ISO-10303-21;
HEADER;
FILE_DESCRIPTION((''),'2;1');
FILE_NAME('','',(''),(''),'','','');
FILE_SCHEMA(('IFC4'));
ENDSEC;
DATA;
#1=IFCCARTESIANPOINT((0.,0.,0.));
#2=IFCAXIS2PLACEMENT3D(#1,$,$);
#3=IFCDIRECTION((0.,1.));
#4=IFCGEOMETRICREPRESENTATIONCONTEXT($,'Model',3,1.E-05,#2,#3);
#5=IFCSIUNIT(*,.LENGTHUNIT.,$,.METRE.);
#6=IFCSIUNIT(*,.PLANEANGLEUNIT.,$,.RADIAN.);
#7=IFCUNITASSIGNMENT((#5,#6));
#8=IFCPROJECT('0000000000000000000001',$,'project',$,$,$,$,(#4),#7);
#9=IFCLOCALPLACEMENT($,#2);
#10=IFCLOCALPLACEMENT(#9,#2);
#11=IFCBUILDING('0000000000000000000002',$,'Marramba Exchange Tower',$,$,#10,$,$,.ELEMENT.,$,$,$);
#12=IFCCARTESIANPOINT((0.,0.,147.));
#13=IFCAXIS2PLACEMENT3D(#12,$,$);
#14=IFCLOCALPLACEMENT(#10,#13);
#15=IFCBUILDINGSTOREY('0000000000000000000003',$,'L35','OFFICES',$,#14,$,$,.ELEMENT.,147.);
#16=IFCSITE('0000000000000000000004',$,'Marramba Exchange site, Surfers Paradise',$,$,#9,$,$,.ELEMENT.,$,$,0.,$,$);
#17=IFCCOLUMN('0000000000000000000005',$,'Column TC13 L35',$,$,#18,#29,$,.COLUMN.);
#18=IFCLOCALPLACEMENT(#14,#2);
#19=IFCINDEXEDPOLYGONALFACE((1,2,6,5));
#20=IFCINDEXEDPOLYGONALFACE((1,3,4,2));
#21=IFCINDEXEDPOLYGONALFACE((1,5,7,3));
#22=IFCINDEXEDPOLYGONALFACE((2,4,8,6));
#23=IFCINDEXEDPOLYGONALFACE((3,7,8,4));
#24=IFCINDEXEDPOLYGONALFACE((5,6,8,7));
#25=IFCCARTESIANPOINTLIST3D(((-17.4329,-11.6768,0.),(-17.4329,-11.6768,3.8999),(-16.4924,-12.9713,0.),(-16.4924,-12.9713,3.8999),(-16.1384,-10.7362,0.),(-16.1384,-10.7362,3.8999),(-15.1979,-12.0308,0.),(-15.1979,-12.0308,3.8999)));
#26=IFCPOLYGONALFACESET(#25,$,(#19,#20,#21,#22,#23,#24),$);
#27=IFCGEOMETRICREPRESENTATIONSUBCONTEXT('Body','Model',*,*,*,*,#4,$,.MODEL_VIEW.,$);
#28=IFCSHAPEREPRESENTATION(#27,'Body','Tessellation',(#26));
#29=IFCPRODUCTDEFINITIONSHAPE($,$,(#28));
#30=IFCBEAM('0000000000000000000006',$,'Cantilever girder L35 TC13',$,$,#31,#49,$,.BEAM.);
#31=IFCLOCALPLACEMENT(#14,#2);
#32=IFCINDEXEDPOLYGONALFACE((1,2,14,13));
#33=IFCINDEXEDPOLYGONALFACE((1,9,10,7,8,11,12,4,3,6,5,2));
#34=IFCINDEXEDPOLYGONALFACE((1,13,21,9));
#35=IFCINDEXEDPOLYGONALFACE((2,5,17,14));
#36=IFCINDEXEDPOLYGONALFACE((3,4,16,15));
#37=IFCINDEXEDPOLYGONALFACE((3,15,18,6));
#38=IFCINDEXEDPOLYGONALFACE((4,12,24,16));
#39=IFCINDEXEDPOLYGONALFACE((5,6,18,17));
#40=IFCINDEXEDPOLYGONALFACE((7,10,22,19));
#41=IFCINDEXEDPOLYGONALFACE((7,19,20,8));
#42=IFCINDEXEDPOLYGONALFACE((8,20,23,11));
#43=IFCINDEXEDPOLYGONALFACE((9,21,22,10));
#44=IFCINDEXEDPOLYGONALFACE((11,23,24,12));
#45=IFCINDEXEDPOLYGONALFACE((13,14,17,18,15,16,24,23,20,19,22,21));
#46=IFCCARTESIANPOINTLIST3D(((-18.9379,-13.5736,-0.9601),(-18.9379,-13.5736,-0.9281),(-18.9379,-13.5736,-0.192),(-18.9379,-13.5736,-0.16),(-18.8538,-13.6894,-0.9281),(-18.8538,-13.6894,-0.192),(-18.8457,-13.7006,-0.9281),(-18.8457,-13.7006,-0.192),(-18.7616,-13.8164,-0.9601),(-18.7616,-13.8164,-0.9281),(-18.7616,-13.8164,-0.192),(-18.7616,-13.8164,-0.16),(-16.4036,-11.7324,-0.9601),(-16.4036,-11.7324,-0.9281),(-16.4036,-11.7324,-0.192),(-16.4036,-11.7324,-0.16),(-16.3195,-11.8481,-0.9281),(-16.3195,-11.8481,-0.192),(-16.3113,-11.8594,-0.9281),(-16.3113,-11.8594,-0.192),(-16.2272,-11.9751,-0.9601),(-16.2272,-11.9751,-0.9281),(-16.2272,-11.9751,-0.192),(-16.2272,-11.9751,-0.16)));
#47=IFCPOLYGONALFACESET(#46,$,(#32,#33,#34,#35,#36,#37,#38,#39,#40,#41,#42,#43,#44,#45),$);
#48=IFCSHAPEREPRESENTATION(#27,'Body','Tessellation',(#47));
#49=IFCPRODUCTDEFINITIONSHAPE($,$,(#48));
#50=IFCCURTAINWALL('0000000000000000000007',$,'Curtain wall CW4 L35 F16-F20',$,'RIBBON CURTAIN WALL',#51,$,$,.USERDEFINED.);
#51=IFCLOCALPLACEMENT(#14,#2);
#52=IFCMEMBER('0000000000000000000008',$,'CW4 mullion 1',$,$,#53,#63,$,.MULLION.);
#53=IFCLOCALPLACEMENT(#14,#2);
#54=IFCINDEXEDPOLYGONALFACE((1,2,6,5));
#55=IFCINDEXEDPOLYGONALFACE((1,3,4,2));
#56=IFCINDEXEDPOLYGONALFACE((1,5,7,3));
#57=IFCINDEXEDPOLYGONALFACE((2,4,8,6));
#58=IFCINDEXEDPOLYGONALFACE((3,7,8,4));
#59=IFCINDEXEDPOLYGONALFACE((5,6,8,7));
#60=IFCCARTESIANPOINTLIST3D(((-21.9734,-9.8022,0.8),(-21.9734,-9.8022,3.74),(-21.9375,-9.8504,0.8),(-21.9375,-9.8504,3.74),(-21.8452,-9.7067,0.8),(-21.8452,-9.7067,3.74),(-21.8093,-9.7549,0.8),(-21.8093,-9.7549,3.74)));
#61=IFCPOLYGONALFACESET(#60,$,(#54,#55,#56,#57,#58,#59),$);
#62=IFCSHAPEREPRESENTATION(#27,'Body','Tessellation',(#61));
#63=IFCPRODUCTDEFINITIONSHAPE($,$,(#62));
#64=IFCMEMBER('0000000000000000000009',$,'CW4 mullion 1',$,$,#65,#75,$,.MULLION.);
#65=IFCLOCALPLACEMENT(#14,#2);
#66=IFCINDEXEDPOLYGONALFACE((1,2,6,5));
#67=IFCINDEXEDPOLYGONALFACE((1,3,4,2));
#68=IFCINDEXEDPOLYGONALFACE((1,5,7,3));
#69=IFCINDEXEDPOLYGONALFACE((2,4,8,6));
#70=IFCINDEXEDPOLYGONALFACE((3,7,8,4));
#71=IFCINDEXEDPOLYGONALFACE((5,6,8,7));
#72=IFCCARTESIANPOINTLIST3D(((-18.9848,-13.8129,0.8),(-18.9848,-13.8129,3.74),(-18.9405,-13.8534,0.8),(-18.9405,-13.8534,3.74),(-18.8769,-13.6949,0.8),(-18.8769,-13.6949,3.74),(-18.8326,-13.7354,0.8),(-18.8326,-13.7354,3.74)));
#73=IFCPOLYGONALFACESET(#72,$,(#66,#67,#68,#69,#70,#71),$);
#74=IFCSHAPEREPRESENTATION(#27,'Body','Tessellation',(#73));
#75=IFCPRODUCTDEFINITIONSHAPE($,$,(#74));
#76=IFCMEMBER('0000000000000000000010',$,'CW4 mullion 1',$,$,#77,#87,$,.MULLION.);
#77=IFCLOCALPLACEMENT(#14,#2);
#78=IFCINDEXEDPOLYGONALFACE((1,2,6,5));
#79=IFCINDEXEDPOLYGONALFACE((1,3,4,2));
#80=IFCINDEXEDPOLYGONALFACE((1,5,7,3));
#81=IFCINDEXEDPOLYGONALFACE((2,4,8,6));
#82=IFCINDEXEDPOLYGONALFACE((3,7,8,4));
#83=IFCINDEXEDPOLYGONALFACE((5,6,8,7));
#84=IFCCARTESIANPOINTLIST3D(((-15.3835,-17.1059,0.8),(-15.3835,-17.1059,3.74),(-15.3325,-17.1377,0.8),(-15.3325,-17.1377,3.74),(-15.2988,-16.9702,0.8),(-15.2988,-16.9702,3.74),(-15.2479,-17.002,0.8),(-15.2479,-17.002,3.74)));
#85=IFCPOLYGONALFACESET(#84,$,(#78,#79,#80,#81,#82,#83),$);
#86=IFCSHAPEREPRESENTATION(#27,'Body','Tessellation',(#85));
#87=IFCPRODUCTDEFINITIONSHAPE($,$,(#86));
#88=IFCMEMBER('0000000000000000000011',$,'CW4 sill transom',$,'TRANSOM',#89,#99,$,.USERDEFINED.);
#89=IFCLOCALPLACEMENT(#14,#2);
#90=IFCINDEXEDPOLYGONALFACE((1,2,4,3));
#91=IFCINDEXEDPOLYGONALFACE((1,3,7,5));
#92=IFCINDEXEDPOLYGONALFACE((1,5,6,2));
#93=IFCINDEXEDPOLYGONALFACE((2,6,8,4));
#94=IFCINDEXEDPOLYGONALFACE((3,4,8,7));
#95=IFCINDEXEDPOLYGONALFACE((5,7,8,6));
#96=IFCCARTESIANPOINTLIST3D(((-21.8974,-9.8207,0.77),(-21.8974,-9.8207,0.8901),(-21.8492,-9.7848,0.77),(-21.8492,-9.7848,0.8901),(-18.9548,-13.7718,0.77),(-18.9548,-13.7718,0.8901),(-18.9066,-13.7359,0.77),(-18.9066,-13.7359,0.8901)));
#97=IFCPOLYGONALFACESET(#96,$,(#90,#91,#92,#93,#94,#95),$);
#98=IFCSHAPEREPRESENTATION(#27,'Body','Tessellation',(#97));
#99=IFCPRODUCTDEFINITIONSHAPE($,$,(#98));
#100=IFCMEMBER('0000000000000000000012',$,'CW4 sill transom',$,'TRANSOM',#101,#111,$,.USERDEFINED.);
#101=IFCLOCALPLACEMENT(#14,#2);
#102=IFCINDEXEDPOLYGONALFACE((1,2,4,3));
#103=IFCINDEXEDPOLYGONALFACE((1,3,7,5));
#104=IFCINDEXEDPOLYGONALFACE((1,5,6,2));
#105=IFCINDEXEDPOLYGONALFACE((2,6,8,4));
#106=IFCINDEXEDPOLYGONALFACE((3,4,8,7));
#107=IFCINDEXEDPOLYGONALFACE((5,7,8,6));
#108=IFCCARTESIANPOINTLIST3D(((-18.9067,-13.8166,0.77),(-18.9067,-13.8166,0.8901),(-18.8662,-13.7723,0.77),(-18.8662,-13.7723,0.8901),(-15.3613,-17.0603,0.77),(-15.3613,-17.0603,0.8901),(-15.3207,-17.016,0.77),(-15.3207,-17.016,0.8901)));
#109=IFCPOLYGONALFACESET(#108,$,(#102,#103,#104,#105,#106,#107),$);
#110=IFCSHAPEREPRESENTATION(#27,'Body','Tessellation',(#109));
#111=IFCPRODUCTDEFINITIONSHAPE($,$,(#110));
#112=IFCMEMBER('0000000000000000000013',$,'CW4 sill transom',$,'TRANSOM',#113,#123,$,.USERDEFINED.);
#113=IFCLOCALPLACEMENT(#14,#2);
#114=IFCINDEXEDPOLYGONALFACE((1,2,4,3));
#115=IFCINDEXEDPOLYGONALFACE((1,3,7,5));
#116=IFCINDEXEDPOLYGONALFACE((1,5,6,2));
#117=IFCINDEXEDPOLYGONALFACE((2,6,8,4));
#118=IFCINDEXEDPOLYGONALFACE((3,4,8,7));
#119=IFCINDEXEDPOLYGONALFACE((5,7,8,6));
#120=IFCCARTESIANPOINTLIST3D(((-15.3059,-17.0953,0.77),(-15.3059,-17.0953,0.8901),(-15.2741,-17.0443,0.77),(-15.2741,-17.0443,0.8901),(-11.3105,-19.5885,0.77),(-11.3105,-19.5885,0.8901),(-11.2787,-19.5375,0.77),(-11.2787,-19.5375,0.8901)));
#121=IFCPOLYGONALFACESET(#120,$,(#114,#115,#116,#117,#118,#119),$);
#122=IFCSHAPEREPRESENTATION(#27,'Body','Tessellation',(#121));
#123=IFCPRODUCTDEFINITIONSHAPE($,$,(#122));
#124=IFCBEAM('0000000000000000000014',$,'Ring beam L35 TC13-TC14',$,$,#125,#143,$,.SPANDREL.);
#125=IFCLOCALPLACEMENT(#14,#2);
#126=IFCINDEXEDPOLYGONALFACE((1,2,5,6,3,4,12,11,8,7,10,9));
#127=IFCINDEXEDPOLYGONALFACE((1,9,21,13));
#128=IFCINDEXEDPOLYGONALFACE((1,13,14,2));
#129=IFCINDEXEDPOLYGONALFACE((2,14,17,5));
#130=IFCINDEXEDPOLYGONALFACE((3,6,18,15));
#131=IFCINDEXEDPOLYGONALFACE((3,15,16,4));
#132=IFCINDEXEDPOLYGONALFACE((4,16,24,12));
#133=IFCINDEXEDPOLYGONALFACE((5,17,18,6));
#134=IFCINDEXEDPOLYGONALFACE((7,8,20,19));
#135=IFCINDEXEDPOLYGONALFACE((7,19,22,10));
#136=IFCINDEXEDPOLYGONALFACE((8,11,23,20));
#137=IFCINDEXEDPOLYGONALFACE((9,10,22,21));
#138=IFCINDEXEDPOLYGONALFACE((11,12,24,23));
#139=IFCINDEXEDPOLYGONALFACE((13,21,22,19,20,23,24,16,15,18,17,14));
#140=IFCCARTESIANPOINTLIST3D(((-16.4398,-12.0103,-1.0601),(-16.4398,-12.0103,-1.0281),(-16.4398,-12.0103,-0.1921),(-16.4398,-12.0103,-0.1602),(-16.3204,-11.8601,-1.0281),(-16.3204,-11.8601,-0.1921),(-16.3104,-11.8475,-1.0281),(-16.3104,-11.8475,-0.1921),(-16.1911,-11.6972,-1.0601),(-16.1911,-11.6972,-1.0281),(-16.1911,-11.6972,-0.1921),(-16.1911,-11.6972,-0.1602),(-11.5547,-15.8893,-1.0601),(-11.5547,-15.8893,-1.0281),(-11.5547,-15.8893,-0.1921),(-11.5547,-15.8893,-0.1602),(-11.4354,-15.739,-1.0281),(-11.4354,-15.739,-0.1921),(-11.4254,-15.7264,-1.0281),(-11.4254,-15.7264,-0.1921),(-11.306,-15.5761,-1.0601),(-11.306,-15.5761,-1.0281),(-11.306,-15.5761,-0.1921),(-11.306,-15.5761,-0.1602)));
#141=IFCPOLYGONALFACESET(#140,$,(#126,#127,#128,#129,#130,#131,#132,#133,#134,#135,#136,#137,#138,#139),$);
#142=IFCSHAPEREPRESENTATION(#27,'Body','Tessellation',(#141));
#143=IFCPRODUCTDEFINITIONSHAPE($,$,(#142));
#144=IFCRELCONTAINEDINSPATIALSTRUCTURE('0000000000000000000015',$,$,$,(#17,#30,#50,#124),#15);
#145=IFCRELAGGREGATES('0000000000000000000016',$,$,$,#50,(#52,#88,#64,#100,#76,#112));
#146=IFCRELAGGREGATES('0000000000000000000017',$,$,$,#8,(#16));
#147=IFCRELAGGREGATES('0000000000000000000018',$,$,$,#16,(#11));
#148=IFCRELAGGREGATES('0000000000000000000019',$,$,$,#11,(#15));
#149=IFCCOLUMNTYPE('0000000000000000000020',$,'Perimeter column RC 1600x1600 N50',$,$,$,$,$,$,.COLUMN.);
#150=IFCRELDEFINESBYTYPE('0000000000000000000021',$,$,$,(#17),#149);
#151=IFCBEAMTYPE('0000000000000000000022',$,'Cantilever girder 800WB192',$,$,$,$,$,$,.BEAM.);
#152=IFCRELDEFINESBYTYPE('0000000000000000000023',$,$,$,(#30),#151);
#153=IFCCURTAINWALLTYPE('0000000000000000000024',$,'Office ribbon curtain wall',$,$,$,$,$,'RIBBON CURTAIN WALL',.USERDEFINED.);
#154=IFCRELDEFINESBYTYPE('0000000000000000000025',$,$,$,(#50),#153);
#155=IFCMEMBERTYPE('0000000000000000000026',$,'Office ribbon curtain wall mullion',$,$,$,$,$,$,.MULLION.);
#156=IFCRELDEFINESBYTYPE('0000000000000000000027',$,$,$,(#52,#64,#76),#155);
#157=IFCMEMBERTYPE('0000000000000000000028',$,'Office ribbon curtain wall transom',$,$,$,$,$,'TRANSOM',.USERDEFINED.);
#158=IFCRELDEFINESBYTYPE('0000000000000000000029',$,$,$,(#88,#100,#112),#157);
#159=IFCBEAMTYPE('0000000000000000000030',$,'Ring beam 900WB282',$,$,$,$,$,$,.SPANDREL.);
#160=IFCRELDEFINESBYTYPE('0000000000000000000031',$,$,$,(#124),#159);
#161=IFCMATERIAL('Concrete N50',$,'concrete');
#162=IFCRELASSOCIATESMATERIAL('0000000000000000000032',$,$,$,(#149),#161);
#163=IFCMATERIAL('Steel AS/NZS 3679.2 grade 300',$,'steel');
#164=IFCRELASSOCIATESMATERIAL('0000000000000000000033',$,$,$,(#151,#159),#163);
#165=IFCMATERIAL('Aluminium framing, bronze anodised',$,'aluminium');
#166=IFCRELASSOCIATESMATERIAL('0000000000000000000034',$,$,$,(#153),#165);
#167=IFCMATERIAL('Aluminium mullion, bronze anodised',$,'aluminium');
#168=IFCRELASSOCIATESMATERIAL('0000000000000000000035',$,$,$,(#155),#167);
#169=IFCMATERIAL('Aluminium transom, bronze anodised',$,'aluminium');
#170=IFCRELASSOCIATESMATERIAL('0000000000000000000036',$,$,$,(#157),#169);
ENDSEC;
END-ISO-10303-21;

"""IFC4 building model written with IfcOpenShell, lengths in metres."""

from ifc_helpers import new_model, si_unit, direction, frame, origin, origin_2d, place, context, subcontext, project, spatial, rectangle, i_section, extrude, material, material_profile, profile_set, type_object, element, aggregate, save


model = new_model("IFC4")

# Units and contexts
model_context = context("Model", 3, precision=1e-05, world=origin(), true_north=direction((0.0, 1.0)))
body_context = subcontext(model_context, "Body", "Model", "MODEL_VIEW")
ifc_project = project(units=[si_unit("LENGTHUNIT", "METRE"), si_unit("PLANEANGLEUNIT", "RADIAN")], contexts=[model_context])

# Site, building, storey
site_placement = place(None, origin())
site = spatial("IfcSite", under=ifc_project, at=site_placement, Name="Marramba Exchange site, Surfers Paradise", CompositionType="ELEMENT", RefElevation=0.0)
building_placement = place(site_placement, origin())
building = spatial("IfcBuilding", under=site, at=building_placement, Name="Marramba Exchange Tower", CompositionType="ELEMENT")
storey_placement = place(building_placement, frame((0.0, 0.0, 147.0)))
storey = spatial("IfcBuildingStorey", under=building, at=storey_placement, Name="L35", Description="OFFICES", CompositionType="ELEMENT", Elevation=147.0)

# Column
ifc_material_1 = material(Name="Concrete N50", Category="concrete")
ifc_material_profile_1 = material_profile(ifc_material_1, rectangle(XDim=1.6001, YDim=1.6001, at=origin_2d()), Name="RC 1600x1600")
ifc_profile_set_1 = profile_set([ifc_material_profile_1], Name="Concrete N50")
column_type = type_object("IfcColumnType", Name="Perimeter column RC 1600x1600 N50", PredefinedType="COLUMN", material=ifc_profile_set_1)
column_placement = place(storey_placement, frame((-16.3154, -11.8538, 0.0), z_axis=(0.0, 0.0, 1.0), x_axis=(-0.809017, -0.587785, 0.0)))
element("IfcColumn", 1, at=column_placement, inside=storey, type_object=column_type, Name="Column TC13 L35", PredefinedType="COLUMN", context=body_context, shape_type="SweptSolid", body=[
    extrude(rectangle(XDim=1.6001, YDim=1.6001, at=origin_2d()), origin(), (0.0, 0.0, 1.0), 3.8999),
])

# Beam
ifc_material_2 = material(Name="Steel AS/NZS 3679.2 grade 300", Category="steel")
ifc_material_profile_2 = material_profile(ifc_material_2, i_section(OverallWidth=0.3, OverallDepth=0.8, WebThickness=0.0139, FlangeThickness=0.032, at=origin_2d()), Name="800WB192")
ifc_profile_set_2 = profile_set([ifc_material_profile_2], Name="Steel AS/NZS 3679.2 grade 300")
beam_type_1 = type_object("IfcBeamType", Name="Cantilever girder 800WB192", PredefinedType="BEAM", material=ifc_profile_set_2)
beam_1_placement = place(storey_placement, frame((-16.3154, -11.8538, -0.5601), z_axis=(-0.809026, -0.587773, 0.0), x_axis=(0.587773, -0.809026, 0.0)))
element("IfcBeam", 2, at=beam_1_placement, inside=storey, type_object=beam_type_1, Name="Cantilever girder L35 TC13", PredefinedType="BEAM", context=body_context, shape_type="SweptSolid", body=[
    extrude(i_section(OverallWidth=0.3, OverallDepth=0.8, WebThickness=0.0139, FlangeThickness=0.032, at=origin_2d()), origin(), (0.0, 0.0, 1.0), 3.1326),
])

# Curtain wall, members
ifc_material_3 = material(Name="Aluminium framing, bronze anodised", Category="aluminium")
curtain_wall_type = type_object("IfcCurtainWallType", Name="Office ribbon curtain wall", ElementType="RIBBON CURTAIN WALL", PredefinedType="USERDEFINED", material=ifc_material_3)
curtain_wall_placement = place(storey_placement, origin())
curtain_wall = element("IfcCurtainWall", 3, at=curtain_wall_placement, inside=storey, type_object=curtain_wall_type, Name="Curtain wall CW4 L35 F16-F20", ObjectType="RIBBON CURTAIN WALL", PredefinedType="USERDEFINED")
ifc_material_4 = material(Name="Aluminium mullion, bronze anodised", Category="aluminium")
ifc_material_profile_3 = material_profile(ifc_material_4, rectangle(XDim=0.1599, YDim=0.0601, at=origin_2d()), Name="CW4 mullion 60x160")
ifc_profile_set_3 = profile_set([ifc_material_profile_3], Name="Aluminium mullion, bronze anodised")
member_type_1 = type_object("IfcMemberType", Name="Office ribbon curtain wall mullion", PredefinedType="MULLION", material=ifc_profile_set_3)
member_1_placement = place(storey_placement, frame((-21.8914, -9.7786, 0.8), z_axis=(0.0, 0.0, 1.0), x_axis=(0.802014, 0.597305, 0.0)))
member_1 = element("IfcMember", 4, at=member_1_placement, type_object=member_type_1, Name="CW4 mullion 1", PredefinedType="MULLION", context=body_context, shape_type="SweptSolid", body=[
    extrude(rectangle(XDim=0.1599, YDim=0.0601, at=origin_2d()), origin(), (0.0, 0.0, 1.0), 2.9399),
])
member_2_placement = place(storey_placement, frame((-18.9087, -13.7742, 0.8), z_axis=(0.0, 0.0, 1.0), x_axis=(0.674995, 0.737822, 0.0)))
member_2 = element("IfcMember", 5, at=member_2_placement, type_object=member_type_1, Name="CW4 mullion 1", PredefinedType="MULLION", context=body_context, shape_type="SweptSolid", body=[
    extrude(rectangle(XDim=0.1599, YDim=0.0601, at=origin_2d()), origin(), (0.0, 0.0, 1.0), 2.9399),
])
member_3_placement = place(storey_placement, frame((-15.3157, -17.054, 0.8), z_axis=(0.0, 0.0, 1.0), x_axis=(0.529428, 0.848355, 0.0)))
member_3 = element("IfcMember", 6, at=member_3_placement, type_object=member_type_1, Name="CW4 mullion 1", PredefinedType="MULLION", context=body_context, shape_type="SweptSolid", body=[
    extrude(rectangle(XDim=0.1599, YDim=0.0601, at=origin_2d()), origin(), (0.0, 0.0, 1.0), 2.9399),
])
ifc_material_5 = material(Name="Aluminium transom, bronze anodised", Category="aluminium")
ifc_material_profile_4 = material_profile(ifc_material_5, rectangle(XDim=0.0601, YDim=0.1201, at=origin_2d()), Name="CW4 transom 60x120")
ifc_profile_set_4 = profile_set([ifc_material_profile_4], Name="Aluminium transom, bronze anodised")
member_type_2 = type_object("IfcMemberType", Name="Office ribbon curtain wall transom", ElementType="TRANSOM", PredefinedType="USERDEFINED", material=ifc_profile_set_4)
member_4_placement = place(storey_placement, frame((-21.8733, -9.8027, 0.8301), z_axis=(0.597301, -0.802017, 0.0), x_axis=(0.802017, 0.597301, 0.0)))
member_4 = element("IfcMember", 7, at=member_4_placement, type_object=member_type_2, Name="CW4 sill transom", ObjectType="TRANSOM", PredefinedType="USERDEFINED", context=body_context, shape_type="SweptSolid", body=[
    extrude(rectangle(XDim=0.0601, YDim=0.1201, at=origin_2d()), origin(), (0.0, 0.0, 1.0), 4.9265),
])
member_5_placement = place(storey_placement, frame((-18.8865, -13.7944, 0.8301), z_axis=(0.737808, -0.675011, 0.0), x_axis=(0.675011, 0.737808, 0.0)))
member_5 = element("IfcMember", 8, at=member_5_placement, type_object=member_type_2, Name="CW4 sill transom", ObjectType="TRANSOM", PredefinedType="USERDEFINED", context=body_context, shape_type="SweptSolid", body=[
    extrude(rectangle(XDim=0.0601, YDim=0.1201, at=origin_2d()), origin(), (0.0, 0.0, 1.0), 4.8054),
])
member_6_placement = place(storey_placement, frame((-15.29, -17.0698, 0.8301), z_axis=(0.848374, -0.529398, 0.0), x_axis=(0.529398, 0.848374, 0.0)))
member_6 = element("IfcMember", 9, at=member_6_placement, type_object=member_type_2, Name="CW4 sill transom", ObjectType="TRANSOM", PredefinedType="USERDEFINED", context=body_context, shape_type="SweptSolid", body=[
    extrude(rectangle(XDim=0.0601, YDim=0.1201, at=origin_2d()), origin(), (0.0, 0.0, 1.0), 4.7095),
])

# Beam
ifc_material_profile_5 = material_profile(ifc_material_2, i_section(OverallWidth=0.3999, OverallDepth=0.8999, WebThickness=0.0161, FlangeThickness=0.032, at=origin_2d()), Name="900WB282")
ifc_profile_set_5 = profile_set([ifc_material_profile_5], Name="Steel AS/NZS 3679.2 grade 300")
beam_type_2 = type_object("IfcBeamType", Name="Ring beam 900WB282", PredefinedType="SPANDREL", material=ifc_profile_set_5)
beam_2_placement = place(storey_placement, frame((-16.3154, -11.8538, -0.6101), z_axis=(0.783139, -0.621846, 0.0), x_axis=(0.621846, 0.783139, 0.0)))
element("IfcBeam", 10, at=beam_2_placement, inside=storey, type_object=beam_type_2, Name="Ring beam L35 TC13-TC14", PredefinedType="SPANDREL", context=body_context, shape_type="SweptSolid", body=[
    extrude(i_section(OverallWidth=0.3999, OverallDepth=0.8999, WebThickness=0.0161, FlangeThickness=0.032, at=origin_2d()), origin(), (0.0, 0.0, 1.0), 6.2378),
])

aggregate(curtain_wall, [member_1, member_4, member_2, member_5, member_3, member_6])

save(model, "model.ifc")
